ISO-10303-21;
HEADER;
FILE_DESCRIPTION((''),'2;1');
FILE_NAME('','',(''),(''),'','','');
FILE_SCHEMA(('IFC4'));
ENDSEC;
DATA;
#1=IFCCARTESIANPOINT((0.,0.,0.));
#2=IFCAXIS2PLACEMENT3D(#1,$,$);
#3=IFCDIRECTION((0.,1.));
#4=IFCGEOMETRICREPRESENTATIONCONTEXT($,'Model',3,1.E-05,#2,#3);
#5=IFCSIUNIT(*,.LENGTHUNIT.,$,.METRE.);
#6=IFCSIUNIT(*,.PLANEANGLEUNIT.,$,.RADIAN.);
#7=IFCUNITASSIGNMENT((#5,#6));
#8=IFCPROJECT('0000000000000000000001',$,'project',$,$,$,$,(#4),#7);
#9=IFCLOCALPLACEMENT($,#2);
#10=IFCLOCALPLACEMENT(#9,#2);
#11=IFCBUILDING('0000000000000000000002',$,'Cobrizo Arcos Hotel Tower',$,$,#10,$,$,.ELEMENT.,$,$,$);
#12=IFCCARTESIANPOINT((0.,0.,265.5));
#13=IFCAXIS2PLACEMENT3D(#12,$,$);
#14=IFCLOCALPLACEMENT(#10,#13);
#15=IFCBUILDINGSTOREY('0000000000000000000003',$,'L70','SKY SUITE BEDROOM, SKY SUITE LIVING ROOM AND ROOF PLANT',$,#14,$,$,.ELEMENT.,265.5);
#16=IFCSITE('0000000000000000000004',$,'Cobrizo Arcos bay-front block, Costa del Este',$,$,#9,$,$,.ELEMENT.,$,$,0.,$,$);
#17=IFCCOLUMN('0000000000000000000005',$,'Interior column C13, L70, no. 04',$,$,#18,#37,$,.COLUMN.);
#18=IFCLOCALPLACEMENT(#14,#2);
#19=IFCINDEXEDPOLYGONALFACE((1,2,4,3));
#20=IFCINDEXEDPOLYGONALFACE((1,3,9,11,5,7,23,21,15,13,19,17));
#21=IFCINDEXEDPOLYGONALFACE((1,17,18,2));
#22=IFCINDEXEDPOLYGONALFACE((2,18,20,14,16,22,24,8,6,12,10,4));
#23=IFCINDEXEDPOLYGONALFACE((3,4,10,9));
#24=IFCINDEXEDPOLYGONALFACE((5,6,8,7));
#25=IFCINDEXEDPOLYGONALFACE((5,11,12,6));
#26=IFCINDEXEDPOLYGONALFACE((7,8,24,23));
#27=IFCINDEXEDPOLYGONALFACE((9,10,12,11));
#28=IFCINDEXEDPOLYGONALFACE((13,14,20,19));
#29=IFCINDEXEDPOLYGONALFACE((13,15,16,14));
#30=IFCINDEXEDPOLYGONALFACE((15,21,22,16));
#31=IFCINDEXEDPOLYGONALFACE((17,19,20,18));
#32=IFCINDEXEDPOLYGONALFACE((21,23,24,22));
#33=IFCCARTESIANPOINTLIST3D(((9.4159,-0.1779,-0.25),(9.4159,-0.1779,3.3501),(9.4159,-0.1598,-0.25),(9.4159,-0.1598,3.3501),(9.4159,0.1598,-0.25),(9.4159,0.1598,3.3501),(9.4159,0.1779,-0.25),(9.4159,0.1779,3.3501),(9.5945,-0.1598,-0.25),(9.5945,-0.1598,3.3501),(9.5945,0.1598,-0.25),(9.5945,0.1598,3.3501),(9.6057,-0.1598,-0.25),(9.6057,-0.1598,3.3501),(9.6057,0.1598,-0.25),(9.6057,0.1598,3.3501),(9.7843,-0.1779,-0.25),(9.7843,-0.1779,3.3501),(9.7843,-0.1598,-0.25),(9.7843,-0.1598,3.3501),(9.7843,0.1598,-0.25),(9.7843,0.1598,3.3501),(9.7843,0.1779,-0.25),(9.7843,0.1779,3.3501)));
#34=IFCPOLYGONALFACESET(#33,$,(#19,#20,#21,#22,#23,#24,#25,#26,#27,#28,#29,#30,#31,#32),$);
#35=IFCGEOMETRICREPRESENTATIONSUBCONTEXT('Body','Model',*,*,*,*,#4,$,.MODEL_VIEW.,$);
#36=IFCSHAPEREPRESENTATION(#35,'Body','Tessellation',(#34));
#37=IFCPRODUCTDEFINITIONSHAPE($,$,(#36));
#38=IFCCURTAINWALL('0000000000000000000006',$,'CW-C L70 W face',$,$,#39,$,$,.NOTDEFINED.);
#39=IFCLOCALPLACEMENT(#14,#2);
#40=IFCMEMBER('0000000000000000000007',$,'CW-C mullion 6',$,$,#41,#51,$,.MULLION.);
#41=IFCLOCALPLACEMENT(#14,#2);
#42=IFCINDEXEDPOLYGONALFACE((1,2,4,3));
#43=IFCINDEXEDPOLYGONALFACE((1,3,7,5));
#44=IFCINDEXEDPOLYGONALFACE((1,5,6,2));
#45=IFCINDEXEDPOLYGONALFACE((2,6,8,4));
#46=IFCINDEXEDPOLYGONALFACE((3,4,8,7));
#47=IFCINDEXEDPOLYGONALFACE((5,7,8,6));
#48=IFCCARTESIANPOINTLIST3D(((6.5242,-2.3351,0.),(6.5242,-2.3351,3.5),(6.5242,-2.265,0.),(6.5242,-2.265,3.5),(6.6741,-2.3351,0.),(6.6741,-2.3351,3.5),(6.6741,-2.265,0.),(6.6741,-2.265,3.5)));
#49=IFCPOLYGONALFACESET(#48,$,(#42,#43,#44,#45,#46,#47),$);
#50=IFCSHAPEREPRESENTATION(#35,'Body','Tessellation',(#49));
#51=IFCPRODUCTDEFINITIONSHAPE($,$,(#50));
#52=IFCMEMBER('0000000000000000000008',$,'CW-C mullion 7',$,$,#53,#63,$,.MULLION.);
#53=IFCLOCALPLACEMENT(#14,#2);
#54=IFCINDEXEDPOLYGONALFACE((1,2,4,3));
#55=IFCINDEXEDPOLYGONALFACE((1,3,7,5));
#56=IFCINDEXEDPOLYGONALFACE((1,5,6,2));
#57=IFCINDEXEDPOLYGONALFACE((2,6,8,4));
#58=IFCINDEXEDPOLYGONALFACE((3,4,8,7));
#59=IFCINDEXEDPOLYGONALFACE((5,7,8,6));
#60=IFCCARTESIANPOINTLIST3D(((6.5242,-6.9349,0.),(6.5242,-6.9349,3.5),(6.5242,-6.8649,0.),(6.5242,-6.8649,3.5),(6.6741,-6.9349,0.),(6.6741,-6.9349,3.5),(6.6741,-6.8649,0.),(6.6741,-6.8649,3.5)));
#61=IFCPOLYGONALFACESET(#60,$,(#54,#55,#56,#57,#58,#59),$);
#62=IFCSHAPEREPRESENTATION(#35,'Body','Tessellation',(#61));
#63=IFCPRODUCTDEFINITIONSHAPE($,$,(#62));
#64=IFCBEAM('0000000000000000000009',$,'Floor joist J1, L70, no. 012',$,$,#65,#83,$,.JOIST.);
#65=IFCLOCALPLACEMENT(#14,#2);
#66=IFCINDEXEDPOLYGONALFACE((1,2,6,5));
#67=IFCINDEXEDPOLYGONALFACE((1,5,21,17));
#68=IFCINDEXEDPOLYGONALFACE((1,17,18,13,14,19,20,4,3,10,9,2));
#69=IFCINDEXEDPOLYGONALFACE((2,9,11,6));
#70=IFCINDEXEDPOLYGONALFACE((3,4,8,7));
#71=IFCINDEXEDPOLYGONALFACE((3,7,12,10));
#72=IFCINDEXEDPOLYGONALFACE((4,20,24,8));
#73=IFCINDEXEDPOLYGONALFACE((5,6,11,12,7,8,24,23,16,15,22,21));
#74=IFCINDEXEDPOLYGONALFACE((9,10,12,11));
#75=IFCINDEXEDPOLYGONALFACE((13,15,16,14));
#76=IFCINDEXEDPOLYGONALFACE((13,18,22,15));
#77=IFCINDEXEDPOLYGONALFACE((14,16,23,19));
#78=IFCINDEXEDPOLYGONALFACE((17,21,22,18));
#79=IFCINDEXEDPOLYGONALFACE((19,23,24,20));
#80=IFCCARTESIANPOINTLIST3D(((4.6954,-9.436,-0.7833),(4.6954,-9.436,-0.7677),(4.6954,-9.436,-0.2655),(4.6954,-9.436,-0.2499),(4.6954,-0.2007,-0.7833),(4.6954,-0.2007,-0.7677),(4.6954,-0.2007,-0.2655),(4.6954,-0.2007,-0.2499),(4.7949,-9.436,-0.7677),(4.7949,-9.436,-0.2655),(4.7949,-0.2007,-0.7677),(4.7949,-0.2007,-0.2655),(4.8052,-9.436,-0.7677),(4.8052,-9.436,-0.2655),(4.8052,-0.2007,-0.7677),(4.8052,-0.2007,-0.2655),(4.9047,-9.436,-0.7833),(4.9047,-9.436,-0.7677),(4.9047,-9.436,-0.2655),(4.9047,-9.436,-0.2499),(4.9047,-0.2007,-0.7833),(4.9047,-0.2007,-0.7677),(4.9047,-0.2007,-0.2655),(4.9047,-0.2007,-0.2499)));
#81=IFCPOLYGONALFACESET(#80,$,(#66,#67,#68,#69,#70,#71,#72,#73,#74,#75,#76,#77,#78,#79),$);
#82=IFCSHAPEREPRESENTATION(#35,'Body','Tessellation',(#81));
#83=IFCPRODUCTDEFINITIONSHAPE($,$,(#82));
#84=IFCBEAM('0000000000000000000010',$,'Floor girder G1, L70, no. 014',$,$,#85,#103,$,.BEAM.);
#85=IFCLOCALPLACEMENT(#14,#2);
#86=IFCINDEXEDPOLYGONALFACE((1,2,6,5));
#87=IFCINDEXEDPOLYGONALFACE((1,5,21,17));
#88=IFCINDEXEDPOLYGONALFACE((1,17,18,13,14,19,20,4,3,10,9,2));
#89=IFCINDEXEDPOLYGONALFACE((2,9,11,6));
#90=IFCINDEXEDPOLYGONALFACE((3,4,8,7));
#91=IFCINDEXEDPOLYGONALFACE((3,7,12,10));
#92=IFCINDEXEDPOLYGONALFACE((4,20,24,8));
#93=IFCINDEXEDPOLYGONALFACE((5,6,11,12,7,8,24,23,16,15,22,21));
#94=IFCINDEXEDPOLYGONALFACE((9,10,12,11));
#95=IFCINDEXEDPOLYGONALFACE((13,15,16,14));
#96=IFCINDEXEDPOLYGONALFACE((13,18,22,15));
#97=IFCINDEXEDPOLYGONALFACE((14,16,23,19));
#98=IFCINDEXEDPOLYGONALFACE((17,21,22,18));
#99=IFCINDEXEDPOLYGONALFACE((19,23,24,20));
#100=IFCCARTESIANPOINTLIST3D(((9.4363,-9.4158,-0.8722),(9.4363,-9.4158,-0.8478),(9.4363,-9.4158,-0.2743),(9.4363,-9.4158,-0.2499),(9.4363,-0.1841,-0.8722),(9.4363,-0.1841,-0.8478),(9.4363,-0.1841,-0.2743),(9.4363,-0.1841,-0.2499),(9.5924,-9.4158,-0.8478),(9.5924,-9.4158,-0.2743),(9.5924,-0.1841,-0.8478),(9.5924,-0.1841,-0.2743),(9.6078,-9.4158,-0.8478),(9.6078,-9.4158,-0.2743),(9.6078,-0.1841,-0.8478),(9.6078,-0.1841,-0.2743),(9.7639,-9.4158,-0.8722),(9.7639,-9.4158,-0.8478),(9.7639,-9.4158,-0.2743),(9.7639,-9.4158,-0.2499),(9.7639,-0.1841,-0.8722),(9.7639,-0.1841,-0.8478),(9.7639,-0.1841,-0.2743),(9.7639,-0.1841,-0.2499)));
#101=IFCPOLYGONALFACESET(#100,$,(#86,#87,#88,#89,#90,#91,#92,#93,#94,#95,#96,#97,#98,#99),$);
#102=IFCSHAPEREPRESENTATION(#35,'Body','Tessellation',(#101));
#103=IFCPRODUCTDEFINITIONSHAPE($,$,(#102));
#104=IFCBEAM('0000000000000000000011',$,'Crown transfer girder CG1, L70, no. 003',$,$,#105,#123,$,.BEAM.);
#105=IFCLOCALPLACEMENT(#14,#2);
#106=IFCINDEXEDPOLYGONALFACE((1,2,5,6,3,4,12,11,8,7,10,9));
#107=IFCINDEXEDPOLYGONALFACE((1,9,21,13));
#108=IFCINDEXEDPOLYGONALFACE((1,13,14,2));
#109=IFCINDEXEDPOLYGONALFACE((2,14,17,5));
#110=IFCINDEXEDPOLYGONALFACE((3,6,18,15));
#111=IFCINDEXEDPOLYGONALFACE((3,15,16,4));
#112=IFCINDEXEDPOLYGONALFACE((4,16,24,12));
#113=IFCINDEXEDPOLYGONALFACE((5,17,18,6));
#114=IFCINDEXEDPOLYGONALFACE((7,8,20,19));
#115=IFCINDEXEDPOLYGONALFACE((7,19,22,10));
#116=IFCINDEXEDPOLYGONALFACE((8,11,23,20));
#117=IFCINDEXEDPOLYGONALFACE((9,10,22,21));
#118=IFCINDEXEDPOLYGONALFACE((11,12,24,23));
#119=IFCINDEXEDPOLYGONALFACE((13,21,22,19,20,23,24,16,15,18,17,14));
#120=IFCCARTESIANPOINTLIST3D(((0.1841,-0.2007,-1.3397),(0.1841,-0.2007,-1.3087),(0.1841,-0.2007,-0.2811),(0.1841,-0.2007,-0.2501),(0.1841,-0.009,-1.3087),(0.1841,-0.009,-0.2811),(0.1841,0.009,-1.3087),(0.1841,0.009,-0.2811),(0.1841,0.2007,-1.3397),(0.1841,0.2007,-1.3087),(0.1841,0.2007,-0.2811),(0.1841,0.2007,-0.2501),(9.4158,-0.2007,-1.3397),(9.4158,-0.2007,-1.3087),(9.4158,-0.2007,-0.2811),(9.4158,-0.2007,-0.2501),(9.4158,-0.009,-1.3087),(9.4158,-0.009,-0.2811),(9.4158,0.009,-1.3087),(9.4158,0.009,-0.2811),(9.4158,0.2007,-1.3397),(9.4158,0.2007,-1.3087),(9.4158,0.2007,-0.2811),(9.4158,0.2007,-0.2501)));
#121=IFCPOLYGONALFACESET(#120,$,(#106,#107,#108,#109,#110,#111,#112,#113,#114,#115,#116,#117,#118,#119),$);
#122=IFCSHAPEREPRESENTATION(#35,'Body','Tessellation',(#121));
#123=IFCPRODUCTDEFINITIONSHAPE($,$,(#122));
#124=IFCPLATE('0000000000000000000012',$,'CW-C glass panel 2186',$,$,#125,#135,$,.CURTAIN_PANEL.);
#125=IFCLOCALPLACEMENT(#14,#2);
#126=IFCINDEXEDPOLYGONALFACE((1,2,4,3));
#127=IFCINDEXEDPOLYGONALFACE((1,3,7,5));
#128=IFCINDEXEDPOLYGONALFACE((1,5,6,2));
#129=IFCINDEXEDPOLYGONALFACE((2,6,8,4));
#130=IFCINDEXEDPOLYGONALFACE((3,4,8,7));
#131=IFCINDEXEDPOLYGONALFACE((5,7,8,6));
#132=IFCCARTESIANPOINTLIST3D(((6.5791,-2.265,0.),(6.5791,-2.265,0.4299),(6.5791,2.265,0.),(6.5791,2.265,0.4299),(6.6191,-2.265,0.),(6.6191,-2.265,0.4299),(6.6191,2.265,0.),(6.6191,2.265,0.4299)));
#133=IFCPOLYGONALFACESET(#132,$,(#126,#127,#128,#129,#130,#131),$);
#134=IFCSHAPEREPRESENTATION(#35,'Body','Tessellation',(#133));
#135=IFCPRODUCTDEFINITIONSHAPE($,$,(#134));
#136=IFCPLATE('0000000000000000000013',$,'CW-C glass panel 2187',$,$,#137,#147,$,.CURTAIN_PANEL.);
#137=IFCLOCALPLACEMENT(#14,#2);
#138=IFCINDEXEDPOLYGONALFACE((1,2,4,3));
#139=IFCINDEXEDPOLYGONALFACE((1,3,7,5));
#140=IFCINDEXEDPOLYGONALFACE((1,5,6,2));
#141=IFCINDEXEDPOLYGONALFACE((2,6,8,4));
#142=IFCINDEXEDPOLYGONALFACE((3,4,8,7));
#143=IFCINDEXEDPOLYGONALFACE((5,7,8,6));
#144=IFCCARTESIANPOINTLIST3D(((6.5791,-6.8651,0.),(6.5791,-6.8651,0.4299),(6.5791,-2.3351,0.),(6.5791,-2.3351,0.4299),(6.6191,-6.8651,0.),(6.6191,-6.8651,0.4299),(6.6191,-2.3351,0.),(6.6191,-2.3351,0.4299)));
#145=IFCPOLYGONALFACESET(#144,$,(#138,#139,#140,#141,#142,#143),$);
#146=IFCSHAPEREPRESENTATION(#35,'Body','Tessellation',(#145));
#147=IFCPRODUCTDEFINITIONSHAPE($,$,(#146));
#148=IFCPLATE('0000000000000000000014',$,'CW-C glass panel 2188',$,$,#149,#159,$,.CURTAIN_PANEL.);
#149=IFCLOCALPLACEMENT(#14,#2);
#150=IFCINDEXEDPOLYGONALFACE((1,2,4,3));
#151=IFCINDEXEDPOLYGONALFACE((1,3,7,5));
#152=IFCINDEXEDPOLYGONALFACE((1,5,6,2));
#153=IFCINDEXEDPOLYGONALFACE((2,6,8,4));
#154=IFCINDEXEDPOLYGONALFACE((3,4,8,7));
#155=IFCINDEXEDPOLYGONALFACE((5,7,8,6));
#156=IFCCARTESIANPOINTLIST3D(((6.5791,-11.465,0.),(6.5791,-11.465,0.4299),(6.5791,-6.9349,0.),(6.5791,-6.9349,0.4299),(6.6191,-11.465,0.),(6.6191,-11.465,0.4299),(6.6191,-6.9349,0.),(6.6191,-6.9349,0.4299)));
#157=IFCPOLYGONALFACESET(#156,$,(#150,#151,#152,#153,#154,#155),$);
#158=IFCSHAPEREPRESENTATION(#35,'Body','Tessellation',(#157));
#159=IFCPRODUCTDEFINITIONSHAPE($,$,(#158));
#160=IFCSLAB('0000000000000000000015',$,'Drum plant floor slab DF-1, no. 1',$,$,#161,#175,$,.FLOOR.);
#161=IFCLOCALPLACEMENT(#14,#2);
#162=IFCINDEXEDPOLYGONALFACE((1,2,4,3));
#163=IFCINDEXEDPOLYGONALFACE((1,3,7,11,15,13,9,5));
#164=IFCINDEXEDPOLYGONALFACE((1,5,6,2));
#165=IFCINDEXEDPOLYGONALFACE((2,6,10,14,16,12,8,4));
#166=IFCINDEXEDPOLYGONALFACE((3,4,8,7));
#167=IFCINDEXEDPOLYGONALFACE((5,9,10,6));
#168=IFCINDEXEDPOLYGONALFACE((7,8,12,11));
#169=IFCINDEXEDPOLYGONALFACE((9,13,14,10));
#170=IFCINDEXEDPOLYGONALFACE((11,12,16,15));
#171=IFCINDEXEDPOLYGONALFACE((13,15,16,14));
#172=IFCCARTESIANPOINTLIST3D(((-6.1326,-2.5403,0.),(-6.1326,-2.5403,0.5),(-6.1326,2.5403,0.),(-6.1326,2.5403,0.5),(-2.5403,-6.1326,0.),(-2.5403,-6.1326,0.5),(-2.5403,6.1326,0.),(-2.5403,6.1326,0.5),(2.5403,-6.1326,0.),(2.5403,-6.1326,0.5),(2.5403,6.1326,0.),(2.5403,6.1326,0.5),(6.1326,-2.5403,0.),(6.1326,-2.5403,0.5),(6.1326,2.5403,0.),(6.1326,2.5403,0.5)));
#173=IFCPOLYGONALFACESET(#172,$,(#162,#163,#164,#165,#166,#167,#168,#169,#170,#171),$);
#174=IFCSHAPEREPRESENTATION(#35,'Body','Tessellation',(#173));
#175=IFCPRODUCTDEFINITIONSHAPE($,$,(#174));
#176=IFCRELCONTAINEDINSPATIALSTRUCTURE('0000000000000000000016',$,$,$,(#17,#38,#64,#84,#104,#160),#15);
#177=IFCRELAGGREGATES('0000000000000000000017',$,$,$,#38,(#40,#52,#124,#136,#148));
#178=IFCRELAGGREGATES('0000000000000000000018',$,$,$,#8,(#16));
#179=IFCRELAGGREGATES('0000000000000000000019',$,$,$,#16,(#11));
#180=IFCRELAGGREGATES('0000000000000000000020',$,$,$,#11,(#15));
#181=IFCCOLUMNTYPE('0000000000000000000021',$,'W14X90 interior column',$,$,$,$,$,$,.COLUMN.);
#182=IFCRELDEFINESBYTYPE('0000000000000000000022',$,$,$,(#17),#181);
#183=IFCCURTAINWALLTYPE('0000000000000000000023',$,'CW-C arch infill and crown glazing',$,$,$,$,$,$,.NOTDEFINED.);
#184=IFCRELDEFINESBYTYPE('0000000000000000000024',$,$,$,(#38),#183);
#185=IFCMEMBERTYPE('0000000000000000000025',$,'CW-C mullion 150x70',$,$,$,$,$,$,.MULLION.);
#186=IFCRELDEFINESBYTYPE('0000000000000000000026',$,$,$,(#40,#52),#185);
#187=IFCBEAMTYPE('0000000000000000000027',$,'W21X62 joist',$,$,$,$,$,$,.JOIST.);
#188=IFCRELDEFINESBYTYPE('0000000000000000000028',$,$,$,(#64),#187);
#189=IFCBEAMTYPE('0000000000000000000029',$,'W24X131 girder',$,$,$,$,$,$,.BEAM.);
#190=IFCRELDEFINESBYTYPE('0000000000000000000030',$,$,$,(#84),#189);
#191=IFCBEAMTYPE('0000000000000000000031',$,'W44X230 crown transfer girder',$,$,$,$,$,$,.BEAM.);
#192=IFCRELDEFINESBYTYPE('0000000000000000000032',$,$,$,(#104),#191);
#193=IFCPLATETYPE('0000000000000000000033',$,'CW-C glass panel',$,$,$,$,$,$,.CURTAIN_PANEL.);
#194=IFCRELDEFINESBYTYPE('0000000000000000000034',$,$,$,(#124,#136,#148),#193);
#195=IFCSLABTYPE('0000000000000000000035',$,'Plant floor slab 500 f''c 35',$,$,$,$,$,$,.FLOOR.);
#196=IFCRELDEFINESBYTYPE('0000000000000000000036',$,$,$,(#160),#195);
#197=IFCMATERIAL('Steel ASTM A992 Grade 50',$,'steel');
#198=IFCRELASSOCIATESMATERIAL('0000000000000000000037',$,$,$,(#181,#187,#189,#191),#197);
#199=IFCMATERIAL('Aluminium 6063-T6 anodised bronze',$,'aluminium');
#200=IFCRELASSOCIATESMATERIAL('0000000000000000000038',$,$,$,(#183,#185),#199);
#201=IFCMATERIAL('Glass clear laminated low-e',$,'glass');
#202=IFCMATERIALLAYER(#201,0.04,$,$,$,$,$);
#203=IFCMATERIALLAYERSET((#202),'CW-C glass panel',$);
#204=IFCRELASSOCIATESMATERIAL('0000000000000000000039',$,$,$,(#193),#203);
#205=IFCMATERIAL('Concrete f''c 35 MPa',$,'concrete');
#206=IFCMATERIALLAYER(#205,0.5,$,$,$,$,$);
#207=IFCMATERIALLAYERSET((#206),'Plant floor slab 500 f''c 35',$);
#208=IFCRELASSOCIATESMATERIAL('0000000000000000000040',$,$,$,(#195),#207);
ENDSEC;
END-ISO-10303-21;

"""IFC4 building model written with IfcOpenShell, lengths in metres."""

from ifc_helpers import new_model, si_unit, direction, frame, origin, origin_2d, place, context, subcontext, project, spatial, polyline, rectangle, i_section, outline, extrude, material, layer, layer_set, material_profile, profile_set, type_object, element, aggregate, save


model = new_model("IFC4")

# Units and contexts
model_context = context("Model", 3, precision=1e-05, world=origin(), true_north=direction((0.0, 1.0)))
body_context = subcontext(model_context, "Body", "Model", "MODEL_VIEW")
ifc_project = project(units=[si_unit("LENGTHUNIT", "METRE"), si_unit("PLANEANGLEUNIT", "RADIAN")], contexts=[model_context])

# Site, building, storey
site_placement = place(None, origin())
site = spatial("IfcSite", under=ifc_project, at=site_placement, Name="Cobrizo Arcos bay-front block, Costa del Este", CompositionType="ELEMENT", RefElevation=0.0)
building_placement = place(site_placement, origin())
building = spatial("IfcBuilding", under=site, at=building_placement, Name="Cobrizo Arcos Hotel Tower", CompositionType="ELEMENT")
storey_placement = place(building_placement, frame((0.0, 0.0, 265.5)))
storey = spatial("IfcBuildingStorey", under=building, at=storey_placement, Name="L70", Description="SKY SUITE BEDROOM, SKY SUITE LIVING ROOM AND ROOF PLANT", CompositionType="ELEMENT", Elevation=265.5)

# Column
ifc_material_1 = material(Name="Steel ASTM A992 Grade 50", Category="steel")
ifc_material_profile_1 = material_profile(ifc_material_1, i_section(OverallWidth=0.3684, OverallDepth=0.3557, WebThickness=0.0112, FlangeThickness=0.0181, at=origin_2d()), Name="W14X90")
ifc_profile_set_1 = profile_set([ifc_material_profile_1], Name="Steel ASTM A992 Grade 50")
column_type_1 = type_object("IfcColumnType", Name="W14X90 interior column", PredefinedType="COLUMN", material=ifc_profile_set_1)
column_placement = place(storey_placement, frame((9.6001, 0.0, -0.25), z_axis=(0.0, 0.0, 1.0), x_axis=(1.0, 0.0, 0.0)))
element("IfcColumn", 1, at=column_placement, inside=storey, type_object=column_type_1, Name="Interior column C13, L70, no. 04", PredefinedType="COLUMN", context=body_context, shape_type="SweptSolid", body=[
    extrude(i_section(OverallWidth=0.3684, OverallDepth=0.3557, WebThickness=0.0112, FlangeThickness=0.0181, at=origin_2d()), origin(), (0.0, 0.0, 1.0), 3.6001),
])

# Curtain wall, members
ifc_material_2 = material(Name="Aluminium 6063-T6 anodised bronze", Category="aluminium")
curtain_wall_type = type_object("IfcCurtainWallType", Name="CW-C arch infill and crown glazing", PredefinedType="NOTDEFINED", material=ifc_material_2)
curtain_wall_placement = place(storey_placement, origin())
curtain_wall = element("IfcCurtainWall", 2, at=curtain_wall_placement, inside=storey, type_object=curtain_wall_type, Name="CW-C L70 W face", PredefinedType="NOTDEFINED")
ifc_material_profile_2 = material_profile(ifc_material_2, rectangle(XDim=0.1499, YDim=0.0701, at=origin_2d()), Name="CW-C mullion 150x70")
ifc_profile_set_2 = profile_set([ifc_material_profile_2], Name="Aluminium 6063-T6 anodised bronze")
member_type = type_object("IfcMemberType", Name="CW-C mullion 150x70", PredefinedType="MULLION", material=ifc_profile_set_2)
member_1_placement = place(storey_placement, frame((6.5991, -2.3, 0.0), z_axis=(0.0, 0.0, 1.0), x_axis=(-1.0, 0.0, 0.0)))
member_1 = element("IfcMember", 3, at=member_1_placement, type_object=member_type, Name="CW-C mullion 6", PredefinedType="MULLION", context=body_context, shape_type="SweptSolid", body=[
    extrude(rectangle(XDim=0.1499, YDim=0.0701, at=origin_2d()), origin(), (0.0, 0.0, 1.0), 3.5),
])
member_2_placement = place(storey_placement, frame((6.5991, -6.8999, 0.0), z_axis=(0.0, 0.0, 1.0), x_axis=(-1.0, 0.0, 0.0)))
member_2 = element("IfcMember", 4, at=member_2_placement, type_object=member_type, Name="CW-C mullion 7", PredefinedType="MULLION", context=body_context, shape_type="SweptSolid", body=[
    extrude(rectangle(XDim=0.1499, YDim=0.0701, at=origin_2d()), origin(), (0.0, 0.0, 1.0), 3.5),
])

# Beams
ifc_material_profile_3 = material_profile(ifc_material_1, i_section(OverallWidth=0.2092, OverallDepth=0.5334, WebThickness=0.0103, FlangeThickness=0.0156, at=origin_2d()), Name="W21X62")
ifc_profile_set_3 = profile_set([ifc_material_profile_3], Name="Steel ASTM A992 Grade 50")
beam_type_1 = type_object("IfcBeamType", Name="W21X62 joist", PredefinedType="JOIST", material=ifc_profile_set_3)
beam_1_placement = place(storey_placement, frame((4.8, -9.436, -0.5166), z_axis=(0.0, 1.0, 0.0), x_axis=(-1.0, 0.0, 0.0)))
element("IfcBeam", 5, at=beam_1_placement, inside=storey, type_object=beam_type_1, Name="Floor joist J1, L70, no. 012", PredefinedType="JOIST", context=body_context, shape_type="SweptSolid", body=[
    extrude(i_section(OverallWidth=0.2092, OverallDepth=0.5334, WebThickness=0.0103, FlangeThickness=0.0156, at=origin_2d()), origin(), (0.0, 0.0, 1.0), 9.2354),
])
ifc_material_profile_4 = material_profile(ifc_material_1, i_section(OverallWidth=0.3276, OverallDepth=0.6223, WebThickness=0.0154, FlangeThickness=0.0244, at=origin_2d()), Name="W24X131")
ifc_profile_set_4 = profile_set([ifc_material_profile_4], Name="Steel ASTM A992 Grade 50")
beam_type_2 = type_object("IfcBeamType", Name="W24X131 girder", PredefinedType="BEAM", material=ifc_profile_set_4)
beam_2_placement = place(storey_placement, frame((9.6001, -9.4158, -0.561), z_axis=(0.0, 1.0, 0.0), x_axis=(-1.0, 0.0, 0.0)))
element("IfcBeam", 6, at=beam_2_placement, inside=storey, type_object=beam_type_2, Name="Floor girder G1, L70, no. 014", PredefinedType="BEAM", context=body_context, shape_type="SweptSolid", body=[
    extrude(i_section(OverallWidth=0.3276, OverallDepth=0.6223, WebThickness=0.0154, FlangeThickness=0.0244, at=origin_2d()), origin(), (0.0, 0.0, 1.0), 9.2317),
])
ifc_material_profile_5 = material_profile(ifc_material_1, i_section(OverallWidth=0.4014, OverallDepth=1.0896, WebThickness=0.0181, FlangeThickness=0.031, at=origin_2d()), Name="W44X230")
ifc_profile_set_5 = profile_set([ifc_material_profile_5], Name="Steel ASTM A992 Grade 50")
beam_type_3 = type_object("IfcBeamType", Name="W44X230 crown transfer girder", PredefinedType="BEAM", material=ifc_profile_set_5)
beam_3_placement = place(storey_placement, frame((0.1841, 0.0, -0.7949), z_axis=(1.0, 0.0, 0.0), x_axis=(0.0, 1.0, 0.0)))
element("IfcBeam", 7, at=beam_3_placement, inside=storey, type_object=beam_type_3, Name="Crown transfer girder CG1, L70, no. 003", PredefinedType="BEAM", context=body_context, shape_type="SweptSolid", body=[
    extrude(i_section(OverallWidth=0.4014, OverallDepth=1.0896, WebThickness=0.0181, FlangeThickness=0.031, at=origin_2d()), origin(), (0.0, 0.0, 1.0), 9.2317),
])

# Plates
ifc_material_3 = material(Name="Glass clear laminated low-e", Category="glass")
ifc_layer_1 = layer(ifc_material_3, 0.04)
ifc_layer_set_1 = layer_set([ifc_layer_1], Name="CW-C glass panel")
plate_type = type_object("IfcPlateType", Name="CW-C glass panel", PredefinedType="CURTAIN_PANEL", material=ifc_layer_set_1)
plate_1_placement = place(storey_placement, frame((6.5991, 0.0, 0.0), z_axis=(0.0, 0.0, 1.0), x_axis=(0.0, -1.0, 0.0)))
plate_1 = element("IfcPlate", 8, at=plate_1_placement, type_object=plate_type, Name="CW-C glass panel 2186", PredefinedType="CURTAIN_PANEL", context=body_context, shape_type="SweptSolid", body=[
    extrude(rectangle(XDim=4.53, YDim=0.04, at=origin_2d()), origin(), (0.0, 0.0, 1.0), 0.4299),
])
plate_2_placement = place(storey_placement, frame((6.5991, -4.6001, 0.0), z_axis=(0.0, 0.0, 1.0), x_axis=(0.0, -1.0, 0.0)))
plate_2 = element("IfcPlate", 9, at=plate_2_placement, type_object=plate_type, Name="CW-C glass panel 2187", PredefinedType="CURTAIN_PANEL", context=body_context, shape_type="SweptSolid", body=[
    extrude(rectangle(XDim=4.53, YDim=0.04, at=origin_2d()), origin(), (0.0, 0.0, 1.0), 0.4299),
])
plate_3_placement = place(storey_placement, frame((6.5991, -9.2, 0.0), z_axis=(0.0, 0.0, 1.0), x_axis=(0.0, -1.0, 0.0)))
plate_3 = element("IfcPlate", 10, at=plate_3_placement, type_object=plate_type, Name="CW-C glass panel 2188", PredefinedType="CURTAIN_PANEL", context=body_context, shape_type="SweptSolid", body=[
    extrude(rectangle(XDim=4.53, YDim=0.04, at=origin_2d()), origin(), (0.0, 0.0, 1.0), 0.4299),
])
aggregate(curtain_wall, [member_1, member_2, plate_1, plate_2, plate_3])

# Slab
ifc_material_4 = material(Name="Concrete f'c 35 MPa", Category="concrete")
ifc_layer_2 = layer(ifc_material_4, 0.5)
ifc_layer_set_2 = layer_set([ifc_layer_2], Name="Plant floor slab 500 f'c 35")
slab_type_1 = type_object("IfcSlabType", Name="Plant floor slab 500 f'c 35", PredefinedType="FLOOR", material=ifc_layer_set_2)
slab_1_placement = place(storey_placement, origin())
element("IfcSlab", 11, at=slab_1_placement, inside=storey, type_object=slab_type_1, Name="Drum plant floor slab DF-1, no. 1", PredefinedType="FLOOR", context=body_context, shape_type="SweptSolid", body=[
    extrude(outline(polyline([(6.1326, 2.5403), (2.5403, 6.1326), (-2.5403, 6.1326), (-6.1326, 2.5403), (-6.1326, -2.5403), (-2.5403, -6.1326), (2.5403, -6.1326), (6.1326, -2.5403), (6.1326, 2.5403)])), origin(), (0.0, 0.0, 1.0), 0.5),
])

save(model, "model.ifc")
